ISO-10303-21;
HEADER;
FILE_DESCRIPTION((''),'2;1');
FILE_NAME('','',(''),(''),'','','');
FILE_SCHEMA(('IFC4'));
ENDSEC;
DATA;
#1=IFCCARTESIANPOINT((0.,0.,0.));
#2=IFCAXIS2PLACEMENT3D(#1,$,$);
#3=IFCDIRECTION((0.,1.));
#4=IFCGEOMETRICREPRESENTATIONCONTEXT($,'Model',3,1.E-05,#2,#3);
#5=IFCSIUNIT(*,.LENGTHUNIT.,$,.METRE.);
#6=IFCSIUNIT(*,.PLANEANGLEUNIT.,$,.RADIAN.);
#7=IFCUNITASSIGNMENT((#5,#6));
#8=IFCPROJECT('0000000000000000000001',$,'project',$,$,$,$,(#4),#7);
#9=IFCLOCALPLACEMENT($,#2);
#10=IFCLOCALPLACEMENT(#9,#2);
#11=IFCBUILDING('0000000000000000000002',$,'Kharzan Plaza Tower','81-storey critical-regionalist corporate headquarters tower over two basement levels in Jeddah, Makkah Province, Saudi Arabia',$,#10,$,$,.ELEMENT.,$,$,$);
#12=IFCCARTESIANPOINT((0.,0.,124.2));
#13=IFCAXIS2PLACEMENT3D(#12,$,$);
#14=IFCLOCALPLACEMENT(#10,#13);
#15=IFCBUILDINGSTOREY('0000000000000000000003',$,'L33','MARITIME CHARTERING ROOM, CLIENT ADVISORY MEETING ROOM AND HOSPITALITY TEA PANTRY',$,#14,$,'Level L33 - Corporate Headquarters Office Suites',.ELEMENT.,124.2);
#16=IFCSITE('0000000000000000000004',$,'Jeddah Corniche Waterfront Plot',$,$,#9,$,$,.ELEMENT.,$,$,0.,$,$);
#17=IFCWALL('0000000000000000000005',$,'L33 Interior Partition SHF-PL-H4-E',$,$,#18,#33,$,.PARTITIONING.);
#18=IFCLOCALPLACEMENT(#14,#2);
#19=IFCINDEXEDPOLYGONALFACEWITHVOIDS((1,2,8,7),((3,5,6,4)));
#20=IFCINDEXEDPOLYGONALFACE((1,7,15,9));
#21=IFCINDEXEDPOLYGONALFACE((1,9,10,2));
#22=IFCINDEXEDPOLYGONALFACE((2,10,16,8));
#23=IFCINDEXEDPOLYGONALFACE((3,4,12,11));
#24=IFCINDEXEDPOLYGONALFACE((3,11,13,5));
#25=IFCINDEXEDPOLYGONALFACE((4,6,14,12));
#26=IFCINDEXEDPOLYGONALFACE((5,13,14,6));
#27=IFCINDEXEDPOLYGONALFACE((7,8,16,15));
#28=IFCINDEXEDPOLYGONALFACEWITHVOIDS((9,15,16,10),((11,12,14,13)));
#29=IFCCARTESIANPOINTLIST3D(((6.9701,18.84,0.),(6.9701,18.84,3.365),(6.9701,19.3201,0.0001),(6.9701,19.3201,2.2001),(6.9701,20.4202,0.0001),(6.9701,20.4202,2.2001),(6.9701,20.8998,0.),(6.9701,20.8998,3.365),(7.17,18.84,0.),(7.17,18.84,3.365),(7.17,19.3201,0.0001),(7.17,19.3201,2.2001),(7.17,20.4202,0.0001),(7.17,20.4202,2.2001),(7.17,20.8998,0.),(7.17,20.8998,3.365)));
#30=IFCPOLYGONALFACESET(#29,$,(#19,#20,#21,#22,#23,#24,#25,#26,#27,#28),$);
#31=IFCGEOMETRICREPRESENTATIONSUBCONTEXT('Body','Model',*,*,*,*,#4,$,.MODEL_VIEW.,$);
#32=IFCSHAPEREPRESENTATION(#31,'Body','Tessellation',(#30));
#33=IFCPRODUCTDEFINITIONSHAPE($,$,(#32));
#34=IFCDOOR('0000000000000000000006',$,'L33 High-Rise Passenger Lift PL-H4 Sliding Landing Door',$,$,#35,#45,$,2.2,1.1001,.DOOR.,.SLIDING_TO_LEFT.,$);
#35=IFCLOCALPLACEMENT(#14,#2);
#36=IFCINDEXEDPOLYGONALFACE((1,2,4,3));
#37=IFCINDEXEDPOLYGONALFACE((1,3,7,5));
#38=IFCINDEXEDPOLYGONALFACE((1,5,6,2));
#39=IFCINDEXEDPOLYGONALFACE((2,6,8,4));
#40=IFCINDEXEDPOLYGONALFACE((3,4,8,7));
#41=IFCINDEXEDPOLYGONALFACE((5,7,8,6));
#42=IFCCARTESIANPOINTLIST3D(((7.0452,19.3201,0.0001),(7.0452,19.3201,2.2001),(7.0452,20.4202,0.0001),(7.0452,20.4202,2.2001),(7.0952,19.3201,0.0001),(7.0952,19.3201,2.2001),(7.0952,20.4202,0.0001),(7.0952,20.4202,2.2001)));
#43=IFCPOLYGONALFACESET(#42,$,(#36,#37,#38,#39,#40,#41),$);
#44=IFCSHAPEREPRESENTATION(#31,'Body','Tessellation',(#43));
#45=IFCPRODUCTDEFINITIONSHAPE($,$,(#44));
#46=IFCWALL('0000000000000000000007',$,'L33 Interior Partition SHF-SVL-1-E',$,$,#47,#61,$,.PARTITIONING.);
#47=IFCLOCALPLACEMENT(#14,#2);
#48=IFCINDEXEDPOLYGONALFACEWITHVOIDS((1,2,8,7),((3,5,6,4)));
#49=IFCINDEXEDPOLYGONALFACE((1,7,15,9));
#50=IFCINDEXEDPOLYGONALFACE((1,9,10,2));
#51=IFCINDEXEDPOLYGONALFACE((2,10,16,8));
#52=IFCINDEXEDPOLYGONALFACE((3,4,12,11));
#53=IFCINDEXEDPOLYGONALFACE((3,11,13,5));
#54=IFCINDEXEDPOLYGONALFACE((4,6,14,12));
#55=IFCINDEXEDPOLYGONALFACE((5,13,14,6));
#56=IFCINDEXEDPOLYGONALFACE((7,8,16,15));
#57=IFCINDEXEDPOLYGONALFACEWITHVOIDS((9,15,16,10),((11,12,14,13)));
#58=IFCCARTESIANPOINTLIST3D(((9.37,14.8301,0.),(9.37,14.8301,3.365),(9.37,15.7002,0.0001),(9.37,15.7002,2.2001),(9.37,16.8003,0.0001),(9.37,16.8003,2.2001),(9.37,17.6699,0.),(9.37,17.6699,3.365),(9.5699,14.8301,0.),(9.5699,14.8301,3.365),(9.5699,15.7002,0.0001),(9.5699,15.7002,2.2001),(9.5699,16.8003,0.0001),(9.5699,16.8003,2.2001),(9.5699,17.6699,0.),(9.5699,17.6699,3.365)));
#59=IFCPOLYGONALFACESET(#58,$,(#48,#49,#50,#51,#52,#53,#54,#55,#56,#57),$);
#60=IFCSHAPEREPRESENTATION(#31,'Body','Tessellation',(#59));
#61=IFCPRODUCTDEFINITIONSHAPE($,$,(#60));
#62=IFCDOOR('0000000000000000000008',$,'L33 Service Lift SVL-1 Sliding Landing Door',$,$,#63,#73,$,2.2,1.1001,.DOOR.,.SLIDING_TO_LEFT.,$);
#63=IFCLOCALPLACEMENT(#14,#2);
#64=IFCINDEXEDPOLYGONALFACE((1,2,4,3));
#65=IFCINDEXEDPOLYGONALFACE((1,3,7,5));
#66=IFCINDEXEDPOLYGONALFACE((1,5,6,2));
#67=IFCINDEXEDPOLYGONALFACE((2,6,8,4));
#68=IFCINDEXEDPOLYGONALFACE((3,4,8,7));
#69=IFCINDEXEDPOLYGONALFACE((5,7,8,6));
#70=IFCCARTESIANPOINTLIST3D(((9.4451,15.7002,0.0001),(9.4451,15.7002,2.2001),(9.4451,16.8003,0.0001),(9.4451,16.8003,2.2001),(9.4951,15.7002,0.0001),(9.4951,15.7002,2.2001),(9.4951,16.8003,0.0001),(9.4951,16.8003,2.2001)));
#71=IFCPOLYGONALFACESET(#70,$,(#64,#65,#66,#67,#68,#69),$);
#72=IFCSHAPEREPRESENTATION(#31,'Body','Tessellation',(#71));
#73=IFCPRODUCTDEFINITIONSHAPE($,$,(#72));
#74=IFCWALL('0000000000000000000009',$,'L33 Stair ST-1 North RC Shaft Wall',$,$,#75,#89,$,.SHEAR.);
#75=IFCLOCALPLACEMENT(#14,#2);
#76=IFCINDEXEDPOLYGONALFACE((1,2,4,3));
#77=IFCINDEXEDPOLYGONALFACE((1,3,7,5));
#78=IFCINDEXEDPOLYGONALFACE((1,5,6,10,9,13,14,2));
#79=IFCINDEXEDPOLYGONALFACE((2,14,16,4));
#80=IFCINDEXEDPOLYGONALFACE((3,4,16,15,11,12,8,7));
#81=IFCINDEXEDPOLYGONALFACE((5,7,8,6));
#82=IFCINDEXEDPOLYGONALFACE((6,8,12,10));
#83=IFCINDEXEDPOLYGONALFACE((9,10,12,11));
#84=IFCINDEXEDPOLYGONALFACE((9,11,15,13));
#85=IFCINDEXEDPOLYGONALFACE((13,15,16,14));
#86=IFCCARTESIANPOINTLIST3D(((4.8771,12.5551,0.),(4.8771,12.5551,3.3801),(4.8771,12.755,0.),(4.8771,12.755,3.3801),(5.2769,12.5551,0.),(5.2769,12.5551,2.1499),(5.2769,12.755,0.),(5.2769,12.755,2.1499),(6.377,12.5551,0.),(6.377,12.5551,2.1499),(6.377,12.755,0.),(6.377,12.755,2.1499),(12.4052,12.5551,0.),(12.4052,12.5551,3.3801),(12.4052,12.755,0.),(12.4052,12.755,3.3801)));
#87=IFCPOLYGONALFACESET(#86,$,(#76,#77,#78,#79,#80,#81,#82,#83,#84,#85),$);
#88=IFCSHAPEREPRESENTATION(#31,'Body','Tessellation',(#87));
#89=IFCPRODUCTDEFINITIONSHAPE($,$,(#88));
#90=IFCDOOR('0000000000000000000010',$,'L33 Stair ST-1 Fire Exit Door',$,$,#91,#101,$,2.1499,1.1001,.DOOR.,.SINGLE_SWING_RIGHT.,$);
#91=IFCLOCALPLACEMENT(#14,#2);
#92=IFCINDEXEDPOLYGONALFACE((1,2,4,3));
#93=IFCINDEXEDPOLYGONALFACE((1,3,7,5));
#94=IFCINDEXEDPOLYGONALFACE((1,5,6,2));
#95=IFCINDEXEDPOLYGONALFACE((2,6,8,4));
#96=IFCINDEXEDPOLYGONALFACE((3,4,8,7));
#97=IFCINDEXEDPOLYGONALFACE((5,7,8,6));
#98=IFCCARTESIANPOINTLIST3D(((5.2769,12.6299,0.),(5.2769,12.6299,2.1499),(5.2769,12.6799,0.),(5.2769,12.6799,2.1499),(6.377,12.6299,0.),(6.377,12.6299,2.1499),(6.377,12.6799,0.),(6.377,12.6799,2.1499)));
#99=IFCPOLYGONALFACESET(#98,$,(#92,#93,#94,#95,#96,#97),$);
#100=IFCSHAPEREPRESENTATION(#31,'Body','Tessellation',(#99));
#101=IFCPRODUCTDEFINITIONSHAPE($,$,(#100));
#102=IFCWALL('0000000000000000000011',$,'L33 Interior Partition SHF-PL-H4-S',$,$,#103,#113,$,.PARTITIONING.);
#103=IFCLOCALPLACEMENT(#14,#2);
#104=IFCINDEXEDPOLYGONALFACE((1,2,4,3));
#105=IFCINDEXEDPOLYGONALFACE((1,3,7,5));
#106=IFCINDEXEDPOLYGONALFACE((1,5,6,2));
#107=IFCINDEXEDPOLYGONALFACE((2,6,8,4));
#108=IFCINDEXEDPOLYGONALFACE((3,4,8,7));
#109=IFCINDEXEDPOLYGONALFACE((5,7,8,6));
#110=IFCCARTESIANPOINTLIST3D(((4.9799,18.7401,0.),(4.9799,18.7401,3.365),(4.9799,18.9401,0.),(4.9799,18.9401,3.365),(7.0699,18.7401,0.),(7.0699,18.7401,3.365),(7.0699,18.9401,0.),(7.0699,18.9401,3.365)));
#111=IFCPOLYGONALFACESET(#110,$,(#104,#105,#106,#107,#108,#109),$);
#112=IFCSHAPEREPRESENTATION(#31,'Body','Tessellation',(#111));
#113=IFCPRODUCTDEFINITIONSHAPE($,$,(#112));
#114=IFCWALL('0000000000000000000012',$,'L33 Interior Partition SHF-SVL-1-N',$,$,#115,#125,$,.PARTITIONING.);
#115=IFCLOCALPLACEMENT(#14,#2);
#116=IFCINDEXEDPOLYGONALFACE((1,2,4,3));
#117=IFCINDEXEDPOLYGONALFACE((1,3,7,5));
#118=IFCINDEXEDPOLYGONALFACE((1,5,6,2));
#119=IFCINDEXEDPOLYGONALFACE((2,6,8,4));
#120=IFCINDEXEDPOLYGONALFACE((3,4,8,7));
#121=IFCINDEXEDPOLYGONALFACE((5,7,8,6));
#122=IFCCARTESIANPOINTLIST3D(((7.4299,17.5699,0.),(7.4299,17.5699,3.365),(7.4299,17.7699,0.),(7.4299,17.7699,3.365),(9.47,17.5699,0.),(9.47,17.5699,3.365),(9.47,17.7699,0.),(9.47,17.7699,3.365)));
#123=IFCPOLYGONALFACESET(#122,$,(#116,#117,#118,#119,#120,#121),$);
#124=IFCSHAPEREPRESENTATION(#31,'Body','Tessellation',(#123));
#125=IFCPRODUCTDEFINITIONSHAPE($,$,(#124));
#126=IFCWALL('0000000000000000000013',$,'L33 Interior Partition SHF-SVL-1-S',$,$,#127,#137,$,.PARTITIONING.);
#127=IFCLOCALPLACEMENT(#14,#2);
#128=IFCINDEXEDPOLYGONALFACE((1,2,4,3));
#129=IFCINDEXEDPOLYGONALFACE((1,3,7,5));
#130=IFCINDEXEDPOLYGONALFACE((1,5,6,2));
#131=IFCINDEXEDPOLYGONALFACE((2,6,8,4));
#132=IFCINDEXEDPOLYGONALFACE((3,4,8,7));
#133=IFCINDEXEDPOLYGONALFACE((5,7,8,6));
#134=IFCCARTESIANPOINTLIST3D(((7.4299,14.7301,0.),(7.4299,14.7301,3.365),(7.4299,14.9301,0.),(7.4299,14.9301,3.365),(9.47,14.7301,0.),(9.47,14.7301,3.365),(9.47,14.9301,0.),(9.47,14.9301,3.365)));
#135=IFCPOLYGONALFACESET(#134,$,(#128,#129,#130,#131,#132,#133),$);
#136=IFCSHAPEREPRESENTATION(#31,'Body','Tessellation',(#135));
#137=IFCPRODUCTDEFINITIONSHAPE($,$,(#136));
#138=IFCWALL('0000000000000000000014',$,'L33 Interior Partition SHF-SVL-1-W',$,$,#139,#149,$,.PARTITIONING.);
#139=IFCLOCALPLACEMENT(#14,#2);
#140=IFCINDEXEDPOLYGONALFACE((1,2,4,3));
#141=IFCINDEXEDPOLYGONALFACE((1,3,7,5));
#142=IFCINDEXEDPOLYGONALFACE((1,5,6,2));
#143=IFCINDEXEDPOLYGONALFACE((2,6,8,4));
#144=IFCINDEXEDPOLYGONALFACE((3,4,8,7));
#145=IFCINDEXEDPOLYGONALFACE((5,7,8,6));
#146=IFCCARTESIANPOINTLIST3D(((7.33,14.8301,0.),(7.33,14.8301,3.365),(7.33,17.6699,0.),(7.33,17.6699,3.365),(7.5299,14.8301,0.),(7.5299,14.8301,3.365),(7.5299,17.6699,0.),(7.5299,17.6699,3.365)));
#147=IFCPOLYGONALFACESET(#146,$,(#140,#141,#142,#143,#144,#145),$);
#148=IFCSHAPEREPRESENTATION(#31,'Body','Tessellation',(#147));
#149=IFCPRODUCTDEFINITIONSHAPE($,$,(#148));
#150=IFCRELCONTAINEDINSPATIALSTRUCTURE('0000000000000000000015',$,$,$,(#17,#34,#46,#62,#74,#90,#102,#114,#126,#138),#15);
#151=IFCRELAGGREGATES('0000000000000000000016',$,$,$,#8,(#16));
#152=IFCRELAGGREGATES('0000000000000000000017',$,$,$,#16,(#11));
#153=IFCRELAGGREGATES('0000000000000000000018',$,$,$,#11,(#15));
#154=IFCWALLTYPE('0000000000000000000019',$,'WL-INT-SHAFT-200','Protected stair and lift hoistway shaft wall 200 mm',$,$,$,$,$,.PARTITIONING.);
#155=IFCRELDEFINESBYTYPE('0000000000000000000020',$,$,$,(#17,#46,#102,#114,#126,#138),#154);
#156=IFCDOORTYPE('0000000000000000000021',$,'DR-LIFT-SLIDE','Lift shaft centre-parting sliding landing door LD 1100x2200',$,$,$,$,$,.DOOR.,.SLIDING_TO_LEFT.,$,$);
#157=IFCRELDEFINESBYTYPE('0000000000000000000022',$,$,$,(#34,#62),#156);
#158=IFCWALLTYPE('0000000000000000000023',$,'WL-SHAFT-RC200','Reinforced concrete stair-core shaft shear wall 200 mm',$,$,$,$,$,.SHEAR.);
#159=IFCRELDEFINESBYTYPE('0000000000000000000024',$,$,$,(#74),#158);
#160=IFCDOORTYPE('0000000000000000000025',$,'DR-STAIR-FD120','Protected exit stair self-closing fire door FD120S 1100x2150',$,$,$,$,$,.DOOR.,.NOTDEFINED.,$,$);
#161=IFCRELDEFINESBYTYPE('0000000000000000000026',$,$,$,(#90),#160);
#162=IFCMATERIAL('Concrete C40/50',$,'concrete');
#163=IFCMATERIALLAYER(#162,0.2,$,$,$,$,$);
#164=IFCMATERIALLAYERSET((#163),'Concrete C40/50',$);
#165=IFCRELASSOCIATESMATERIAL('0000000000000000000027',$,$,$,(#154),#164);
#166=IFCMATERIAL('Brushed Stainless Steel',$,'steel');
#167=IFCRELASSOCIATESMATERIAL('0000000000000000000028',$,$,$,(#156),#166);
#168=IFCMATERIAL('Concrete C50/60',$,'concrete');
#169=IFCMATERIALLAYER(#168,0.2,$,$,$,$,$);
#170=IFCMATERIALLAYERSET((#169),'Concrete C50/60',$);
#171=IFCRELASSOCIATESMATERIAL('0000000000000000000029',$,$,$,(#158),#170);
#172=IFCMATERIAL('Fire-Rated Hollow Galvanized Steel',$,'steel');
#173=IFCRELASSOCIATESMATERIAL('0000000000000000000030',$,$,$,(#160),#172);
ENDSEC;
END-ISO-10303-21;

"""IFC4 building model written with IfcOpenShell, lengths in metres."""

from ifc_helpers import new_model, si_unit, direction, frame, frame_2d, origin, place, context, subcontext, project, spatial, rectangle, extrude, source, transform, mapped, material, layer, layer_set, type_object, element, fill, save


model = new_model("IFC4")

# Units and contexts
model_context = context("Model", 3, precision=1e-05, world=origin(), true_north=direction((0.0, 1.0)))
body_context = subcontext(model_context, "Body", "Model", "MODEL_VIEW")
ifc_project = project(units=[si_unit("LENGTHUNIT", "METRE"), si_unit("PLANEANGLEUNIT", "RADIAN")], contexts=[model_context])

# Site, building, storey
site_placement = place(None, origin())
site = spatial("IfcSite", under=ifc_project, at=site_placement, Name="Jeddah Corniche Waterfront Plot", CompositionType="ELEMENT", RefElevation=0.0)
building_placement = place(site_placement, origin())
building = spatial("IfcBuilding", under=site, at=building_placement, Name="Kharzan Plaza Tower", Description="81-storey critical-regionalist corporate headquarters tower over two basement levels in Jeddah, Makkah Province, Saudi Arabia", CompositionType="ELEMENT")
storey_placement = place(building_placement, frame((0.0, 0.0, 124.2)))
storey = spatial("IfcBuildingStorey", under=building, at=storey_placement, Name="L33", Description="MARITIME CHARTERING ROOM, CLIENT ADVISORY MEETING ROOM AND HOSPITALITY TEA PANTRY", LongName="Level L33 - Corporate Headquarters Office Suites", CompositionType="ELEMENT", Elevation=124.2)

# Shared definitions
ifc_material_1 = material(Name="Concrete C40/50", Category="concrete")

# Walls, openings, doors
ifc_layer_1 = layer(ifc_material_1, 0.2)
ifc_layer_set_1 = layer_set([ifc_layer_1], Name="Concrete C40/50")
wall_type_1 = type_object("IfcWallType", Name="WL-INT-SHAFT-200", Description="Protected stair and lift hoistway shaft wall 200 mm", PredefinedType="PARTITIONING", material=ifc_layer_set_1)
wall_1_placement = place(storey_placement, frame((7.0701, 18.8401, 0.0), z_axis=(0.0, 0.0, 1.0), x_axis=(0.0, 1.0, 0.0)))
wall_1 = element("IfcWall", 1, at=wall_1_placement, inside=storey, type_object=wall_type_1, Name="L33 Interior Partition SHF-PL-H4-E", PredefinedType="PARTITIONING", context=body_context, shape_type="SweptSolid", body=[
    extrude(rectangle(XDim=2.0598, YDim=0.2, at=frame_2d((1.0298, 0.0))), origin(), (0.0, 0.0, 1.0), 3.365),
])
opening_1_placement = place(wall_1_placement, frame((0.48, 0.0, 0.0)))
opening_1 = element("IfcOpeningElement", 2, at=opening_1_placement, cuts=wall_1, PredefinedType="OPENING", context=body_context, shape_type="SweptSolid", body=[
    extrude(rectangle(XDim=1.1001, YDim=2.2, at=frame_2d((0.55, 1.1001))), frame((0.0, 0.1099, 0.0), z_axis=(0.0, -1.0, 0.0), x_axis=(1.0, 0.0, 0.0)), (0.0, 0.0, 1.0), 0.22),
])
ifc_material_2 = material(Name="Brushed Stainless Steel", Category="steel")
door_type_1 = type_object("IfcDoorType", Name="DR-LIFT-SLIDE", Description="Lift shaft centre-parting sliding landing door LD 1100x2200", OperationType="SLIDING_TO_LEFT", PredefinedType="DOOR", material=ifc_material_2)
shared_shape_1 = source(origin(), body_context, "Body", "SweptSolid", [
    extrude(rectangle(XDim=1.1001, YDim=2.2, at=frame_2d((0.55, 1.1001))), frame((0.0, 0.0249, 0.0), z_axis=(0.0, -1.0, 0.0), x_axis=(1.0, 0.0, 0.0)), (0.0, 0.0, 1.0), 0.05),
])
door_1_placement = place(opening_1_placement, origin())
door_1 = element("IfcDoor", 3, at=door_1_placement, inside=storey, type_object=door_type_1, Name="L33 High-Rise Passenger Lift PL-H4 Sliding Landing Door", OperationType="SLIDING_TO_LEFT", OverallHeight=2.2, OverallWidth=1.1001, PredefinedType="DOOR", context=body_context, shape_type="MappedRepresentation", body=[
    mapped(shared_shape_1, transform((0.0, 0.0, 0.0), x_axis=(1.0, 0.0, 0.0), y_axis=(0.0, 1.0, 0.0), z_axis=(0.0, 0.0, 1.0))),
])
fill(opening_1, door_1)
wall_2_placement = place(storey_placement, frame((9.47, 14.8301, 0.0), z_axis=(0.0, 0.0, 1.0), x_axis=(0.0, 1.0, 0.0)))
wall_2 = element("IfcWall", 4, at=wall_2_placement, inside=storey, type_object=wall_type_1, Name="L33 Interior Partition SHF-SVL-1-E", PredefinedType="PARTITIONING", context=body_context, shape_type="SweptSolid", body=[
    extrude(rectangle(XDim=2.8398, YDim=0.2, at=frame_2d((1.4199, 0.0))), origin(), (0.0, 0.0, 1.0), 3.365),
])
opening_2_placement = place(wall_2_placement, frame((0.8701, 0.0, 0.0)))
opening_2 = element("IfcOpeningElement", 5, at=opening_2_placement, cuts=wall_2, PredefinedType="OPENING", context=body_context, shape_type="SweptSolid", body=[
    extrude(rectangle(XDim=1.1001, YDim=2.2, at=frame_2d((0.55, 1.1001))), frame((0.0, 0.1099, 0.0), z_axis=(0.0, -1.0, 0.0), x_axis=(1.0, 0.0, 0.0)), (0.0, 0.0, 1.0), 0.22),
])
door_2_placement = place(opening_2_placement, origin())
door_2 = element("IfcDoor", 6, at=door_2_placement, inside=storey, type_object=door_type_1, Name="L33 Service Lift SVL-1 Sliding Landing Door", OperationType="SLIDING_TO_LEFT", OverallHeight=2.2, OverallWidth=1.1001, PredefinedType="DOOR", context=body_context, shape_type="MappedRepresentation", body=[
    mapped(shared_shape_1, transform((0.0, 0.0, 0.0), x_axis=(1.0, 0.0, 0.0), y_axis=(0.0, 1.0, 0.0), z_axis=(0.0, 0.0, 1.0))),
])
fill(opening_2, door_2)
ifc_material_3 = material(Name="Concrete C50/60", Category="concrete")
ifc_layer_2 = layer(ifc_material_3, 0.2)
ifc_layer_set_2 = layer_set([ifc_layer_2], Name="Concrete C50/60")
wall_type_2 = type_object("IfcWallType", Name="WL-SHAFT-RC200", Description="Reinforced concrete stair-core shaft shear wall 200 mm", PredefinedType="SHEAR", material=ifc_layer_set_2)
wall_3_placement = place(storey_placement, frame((4.877, 12.655, 0.0), z_axis=(0.0, 0.0, 1.0), x_axis=(1.0, 0.0, 0.0)))
wall_3 = element("IfcWall", 7, at=wall_3_placement, inside=storey, type_object=wall_type_2, Name="L33 Stair ST-1 North RC Shaft Wall", PredefinedType="SHEAR", context=body_context, shape_type="SweptSolid", body=[
    extrude(rectangle(XDim=7.5281, YDim=0.2, at=frame_2d((3.7642, 0.0))), origin(), (0.0, 0.0, 1.0), 3.3801),
])
opening_3_placement = place(wall_3_placement, frame((0.3999, 0.0, 0.0)))
opening_3 = element("IfcOpeningElement", 8, at=opening_3_placement, cuts=wall_3, PredefinedType="OPENING", context=body_context, shape_type="SweptSolid", body=[
    extrude(rectangle(XDim=1.1001, YDim=2.1499, at=frame_2d((0.55, 1.075))), frame((0.0, 0.1099, 0.0), z_axis=(0.0, -1.0, 0.0), x_axis=(1.0, 0.0, 0.0)), (0.0, 0.0, 1.0), 0.22),
])
ifc_material_4 = material(Name="Fire-Rated Hollow Galvanized Steel", Category="steel")
door_type_2 = type_object("IfcDoorType", Name="DR-STAIR-FD120", Description="Protected exit stair self-closing fire door FD120S 1100x2150", OperationType="NOTDEFINED", PredefinedType="DOOR", material=ifc_material_4)
shared_shape_2 = source(origin(), body_context, "Body", "SweptSolid", [
    extrude(rectangle(XDim=1.1001, YDim=2.1499, at=frame_2d((0.55, 1.075))), frame((0.0, 0.0249, 0.0), z_axis=(0.0, -1.0, 0.0), x_axis=(1.0, 0.0, 0.0)), (0.0, 0.0, 1.0), 0.05),
])
door_3_placement = place(opening_3_placement, origin())
door_3 = element("IfcDoor", 9, at=door_3_placement, inside=storey, type_object=door_type_2, Name="L33 Stair ST-1 Fire Exit Door", OperationType="SINGLE_SWING_RIGHT", OverallHeight=2.1499, OverallWidth=1.1001, PredefinedType="DOOR", context=body_context, shape_type="MappedRepresentation", body=[
    mapped(shared_shape_2, transform((0.0, 0.0, 0.0), x_axis=(1.0, 0.0, 0.0), y_axis=(0.0, 1.0, 0.0), z_axis=(0.0, 0.0, 1.0))),
])
fill(opening_3, door_3)

# Walls
shared_shape_3 = source(origin(), body_context, "Body", "SweptSolid", [
    extrude(rectangle(XDim=2.0901, YDim=0.2, at=frame_2d((1.0449, 0.0))), origin(), (0.0, 0.0, 1.0), 3.365),
])
wall_4_placement = place(storey_placement, frame((4.98, 18.8401, 0.0), z_axis=(0.0, 0.0, 1.0), x_axis=(1.0, 0.0, 0.0)))
element("IfcWall", 10, at=wall_4_placement, inside=storey, type_object=wall_type_1, Name="L33 Interior Partition SHF-PL-H4-S", PredefinedType="PARTITIONING", context=body_context, shape_type="MappedRepresentation", body=[
    mapped(shared_shape_3, transform((0.0, 0.0, 0.0), x_axis=(1.0, 0.0, 0.0), y_axis=(0.0, 1.0, 0.0), z_axis=(0.0, 0.0, 1.0))),
])
shared_shape_4 = source(origin(), body_context, "Body", "SweptSolid", [
    extrude(rectangle(XDim=2.04, YDim=0.2, at=frame_2d((1.02, 0.0))), origin(), (0.0, 0.0, 1.0), 3.365),
])
for number, where, z_axis, x_axis, name in (
    (11, (7.4299, 17.6699, 0.0), (0.0, 0.0, 1.0), (1.0, 0.0, 0.0), "L33 Interior Partition SHF-SVL-1-N"),
    (12, (7.4299, 14.8301, 0.0), (0.0, 0.0, 1.0), (1.0, 0.0, 0.0), "L33 Interior Partition SHF-SVL-1-S"),
):
    element("IfcWall", number, at=place(storey_placement, frame(where, z_axis=z_axis, x_axis=x_axis)), inside=storey, type_object=wall_type_1, Name=name, PredefinedType="PARTITIONING", context=body_context, shape_type="MappedRepresentation", body=[
        mapped(shared_shape_4, transform((0.0, 0.0, 0.0), x_axis=(1.0, 0.0, 0.0), y_axis=(0.0, 1.0, 0.0), z_axis=(0.0, 0.0, 1.0))),
    ])
shared_shape_5 = source(origin(), body_context, "Body", "SweptSolid", [
    extrude(rectangle(XDim=2.8398, YDim=0.2, at=frame_2d((1.4199, 0.0))), origin(), (0.0, 0.0, 1.0), 3.365),
])
wall_5_placement = place(storey_placement, frame((7.4299, 14.8301, 0.0), z_axis=(0.0, 0.0, 1.0), x_axis=(0.0, 1.0, 0.0)))
element("IfcWall", 13, at=wall_5_placement, inside=storey, type_object=wall_type_1, Name="L33 Interior Partition SHF-SVL-1-W", PredefinedType="PARTITIONING", context=body_context, shape_type="MappedRepresentation", body=[
    mapped(shared_shape_5, transform((0.0, 0.0, 0.0), x_axis=(1.0, 0.0, 0.0), y_axis=(0.0, 1.0, 0.0), z_axis=(0.0, 0.0, 1.0))),
])

save(model, "model.ifc")
